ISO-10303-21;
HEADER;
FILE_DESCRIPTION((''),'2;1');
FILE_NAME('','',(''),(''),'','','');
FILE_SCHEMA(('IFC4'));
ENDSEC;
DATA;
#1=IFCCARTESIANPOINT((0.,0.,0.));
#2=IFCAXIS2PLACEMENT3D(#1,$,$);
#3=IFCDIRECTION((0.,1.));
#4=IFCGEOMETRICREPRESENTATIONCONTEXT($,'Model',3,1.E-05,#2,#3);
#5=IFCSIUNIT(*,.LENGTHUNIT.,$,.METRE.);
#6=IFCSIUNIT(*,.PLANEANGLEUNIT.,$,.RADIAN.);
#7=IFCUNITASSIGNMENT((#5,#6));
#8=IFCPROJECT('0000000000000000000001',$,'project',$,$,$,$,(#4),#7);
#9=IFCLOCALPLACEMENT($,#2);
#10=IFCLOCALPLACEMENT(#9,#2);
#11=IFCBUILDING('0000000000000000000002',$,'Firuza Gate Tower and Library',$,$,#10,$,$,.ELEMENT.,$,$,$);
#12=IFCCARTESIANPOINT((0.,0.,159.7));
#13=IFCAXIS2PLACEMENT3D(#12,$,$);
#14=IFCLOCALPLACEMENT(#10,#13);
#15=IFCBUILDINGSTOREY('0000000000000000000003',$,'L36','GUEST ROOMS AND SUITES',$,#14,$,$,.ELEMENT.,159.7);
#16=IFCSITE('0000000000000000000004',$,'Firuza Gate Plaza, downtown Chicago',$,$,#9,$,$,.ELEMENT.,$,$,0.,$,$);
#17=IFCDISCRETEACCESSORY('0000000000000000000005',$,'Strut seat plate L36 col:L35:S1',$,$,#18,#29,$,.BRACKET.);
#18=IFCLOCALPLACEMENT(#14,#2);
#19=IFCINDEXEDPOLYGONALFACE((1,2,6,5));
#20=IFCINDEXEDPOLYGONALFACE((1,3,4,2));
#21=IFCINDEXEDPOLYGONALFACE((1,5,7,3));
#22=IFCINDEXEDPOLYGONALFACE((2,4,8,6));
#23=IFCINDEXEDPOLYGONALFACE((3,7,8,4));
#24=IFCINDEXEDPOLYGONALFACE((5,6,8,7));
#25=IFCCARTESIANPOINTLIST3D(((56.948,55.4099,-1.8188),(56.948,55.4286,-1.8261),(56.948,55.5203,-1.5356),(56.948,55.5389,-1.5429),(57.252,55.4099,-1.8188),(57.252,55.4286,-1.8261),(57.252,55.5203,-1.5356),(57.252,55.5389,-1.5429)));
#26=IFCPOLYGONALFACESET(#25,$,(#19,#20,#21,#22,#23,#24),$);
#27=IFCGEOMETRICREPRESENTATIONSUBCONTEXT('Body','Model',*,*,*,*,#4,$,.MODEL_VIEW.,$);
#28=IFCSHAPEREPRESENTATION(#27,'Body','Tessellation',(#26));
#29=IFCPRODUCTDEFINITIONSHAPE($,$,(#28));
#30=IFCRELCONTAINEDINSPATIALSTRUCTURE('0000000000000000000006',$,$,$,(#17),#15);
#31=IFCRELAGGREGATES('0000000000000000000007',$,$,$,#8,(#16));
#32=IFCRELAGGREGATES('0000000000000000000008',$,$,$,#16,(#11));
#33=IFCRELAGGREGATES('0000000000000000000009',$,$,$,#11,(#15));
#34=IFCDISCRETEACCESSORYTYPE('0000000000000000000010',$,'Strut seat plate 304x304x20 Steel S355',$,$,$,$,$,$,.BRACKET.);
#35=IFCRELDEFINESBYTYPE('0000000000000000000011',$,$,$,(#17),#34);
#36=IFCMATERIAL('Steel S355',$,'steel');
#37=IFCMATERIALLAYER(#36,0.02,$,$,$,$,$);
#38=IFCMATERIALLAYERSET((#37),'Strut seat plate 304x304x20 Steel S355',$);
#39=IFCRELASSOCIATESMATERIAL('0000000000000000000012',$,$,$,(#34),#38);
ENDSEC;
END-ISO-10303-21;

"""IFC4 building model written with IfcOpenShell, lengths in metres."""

from ifc_helpers import new_model, si_unit, direction, frame, origin, place, context, subcontext, project, spatial, polyline, outline, extrude, material, layer, layer_set, type_object, element, save


model = new_model("IFC4")

# Units and contexts
model_context = context("Model", 3, precision=1e-05, world=origin(), true_north=direction((0.0, 1.0)))
body_context = subcontext(model_context, "Body", "Model", "MODEL_VIEW")
ifc_project = project(units=[si_unit("LENGTHUNIT", "METRE"), si_unit("PLANEANGLEUNIT", "RADIAN")], contexts=[model_context])

# Site, building, storey
site_placement = place(None, origin())
site = spatial("IfcSite", under=ifc_project, at=site_placement, Name="Firuza Gate Plaza, downtown Chicago", CompositionType="ELEMENT", RefElevation=0.0)
building_placement = place(site_placement, origin())
building = spatial("IfcBuilding", under=site, at=building_placement, Name="Firuza Gate Tower and Library", CompositionType="ELEMENT")
storey_placement = place(building_placement, frame((0.0, 0.0, 159.7)))
storey = spatial("IfcBuildingStorey", under=building, at=storey_placement, Name="L36", Description="GUEST ROOMS AND SUITES", CompositionType="ELEMENT", Elevation=159.7)

# Discrete accessory
ifc_material_1 = material(Name="Steel S355", Category="steel")
ifc_layer_1 = layer(ifc_material_1, 0.02)
ifc_layer_set_1 = layer_set([ifc_layer_1], Name="Strut seat plate 304x304x20 Steel S355")
discrete_accessory_type = type_object("IfcDiscreteAccessoryType", Name="Strut seat plate 304x304x20 Steel S355", PredefinedType="BRACKET", material=ifc_layer_set_1)
discrete_accessory_placement = place(storey_placement, frame((57.252, 55.5203, -1.5356), z_axis=(0.0, -0.931763, 0.363066), x_axis=(-1.0, 0.0, 0.0)))
element("IfcDiscreteAccessory", 1, at=discrete_accessory_placement, inside=storey, type_object=discrete_accessory_type, Name="Strut seat plate L36 col:L35:S1", PredefinedType="BRACKET", context=body_context, shape_type="SweptSolid", body=[
    extrude(outline(polyline([(0.0, 0.0), (0.304, 0.0), (0.304, 0.3039), (0.0, 0.3039), (0.0, 0.0)])), origin(), (0.0, 0.0, -1.0), 0.02),
])

save(model, "model.ifc")
